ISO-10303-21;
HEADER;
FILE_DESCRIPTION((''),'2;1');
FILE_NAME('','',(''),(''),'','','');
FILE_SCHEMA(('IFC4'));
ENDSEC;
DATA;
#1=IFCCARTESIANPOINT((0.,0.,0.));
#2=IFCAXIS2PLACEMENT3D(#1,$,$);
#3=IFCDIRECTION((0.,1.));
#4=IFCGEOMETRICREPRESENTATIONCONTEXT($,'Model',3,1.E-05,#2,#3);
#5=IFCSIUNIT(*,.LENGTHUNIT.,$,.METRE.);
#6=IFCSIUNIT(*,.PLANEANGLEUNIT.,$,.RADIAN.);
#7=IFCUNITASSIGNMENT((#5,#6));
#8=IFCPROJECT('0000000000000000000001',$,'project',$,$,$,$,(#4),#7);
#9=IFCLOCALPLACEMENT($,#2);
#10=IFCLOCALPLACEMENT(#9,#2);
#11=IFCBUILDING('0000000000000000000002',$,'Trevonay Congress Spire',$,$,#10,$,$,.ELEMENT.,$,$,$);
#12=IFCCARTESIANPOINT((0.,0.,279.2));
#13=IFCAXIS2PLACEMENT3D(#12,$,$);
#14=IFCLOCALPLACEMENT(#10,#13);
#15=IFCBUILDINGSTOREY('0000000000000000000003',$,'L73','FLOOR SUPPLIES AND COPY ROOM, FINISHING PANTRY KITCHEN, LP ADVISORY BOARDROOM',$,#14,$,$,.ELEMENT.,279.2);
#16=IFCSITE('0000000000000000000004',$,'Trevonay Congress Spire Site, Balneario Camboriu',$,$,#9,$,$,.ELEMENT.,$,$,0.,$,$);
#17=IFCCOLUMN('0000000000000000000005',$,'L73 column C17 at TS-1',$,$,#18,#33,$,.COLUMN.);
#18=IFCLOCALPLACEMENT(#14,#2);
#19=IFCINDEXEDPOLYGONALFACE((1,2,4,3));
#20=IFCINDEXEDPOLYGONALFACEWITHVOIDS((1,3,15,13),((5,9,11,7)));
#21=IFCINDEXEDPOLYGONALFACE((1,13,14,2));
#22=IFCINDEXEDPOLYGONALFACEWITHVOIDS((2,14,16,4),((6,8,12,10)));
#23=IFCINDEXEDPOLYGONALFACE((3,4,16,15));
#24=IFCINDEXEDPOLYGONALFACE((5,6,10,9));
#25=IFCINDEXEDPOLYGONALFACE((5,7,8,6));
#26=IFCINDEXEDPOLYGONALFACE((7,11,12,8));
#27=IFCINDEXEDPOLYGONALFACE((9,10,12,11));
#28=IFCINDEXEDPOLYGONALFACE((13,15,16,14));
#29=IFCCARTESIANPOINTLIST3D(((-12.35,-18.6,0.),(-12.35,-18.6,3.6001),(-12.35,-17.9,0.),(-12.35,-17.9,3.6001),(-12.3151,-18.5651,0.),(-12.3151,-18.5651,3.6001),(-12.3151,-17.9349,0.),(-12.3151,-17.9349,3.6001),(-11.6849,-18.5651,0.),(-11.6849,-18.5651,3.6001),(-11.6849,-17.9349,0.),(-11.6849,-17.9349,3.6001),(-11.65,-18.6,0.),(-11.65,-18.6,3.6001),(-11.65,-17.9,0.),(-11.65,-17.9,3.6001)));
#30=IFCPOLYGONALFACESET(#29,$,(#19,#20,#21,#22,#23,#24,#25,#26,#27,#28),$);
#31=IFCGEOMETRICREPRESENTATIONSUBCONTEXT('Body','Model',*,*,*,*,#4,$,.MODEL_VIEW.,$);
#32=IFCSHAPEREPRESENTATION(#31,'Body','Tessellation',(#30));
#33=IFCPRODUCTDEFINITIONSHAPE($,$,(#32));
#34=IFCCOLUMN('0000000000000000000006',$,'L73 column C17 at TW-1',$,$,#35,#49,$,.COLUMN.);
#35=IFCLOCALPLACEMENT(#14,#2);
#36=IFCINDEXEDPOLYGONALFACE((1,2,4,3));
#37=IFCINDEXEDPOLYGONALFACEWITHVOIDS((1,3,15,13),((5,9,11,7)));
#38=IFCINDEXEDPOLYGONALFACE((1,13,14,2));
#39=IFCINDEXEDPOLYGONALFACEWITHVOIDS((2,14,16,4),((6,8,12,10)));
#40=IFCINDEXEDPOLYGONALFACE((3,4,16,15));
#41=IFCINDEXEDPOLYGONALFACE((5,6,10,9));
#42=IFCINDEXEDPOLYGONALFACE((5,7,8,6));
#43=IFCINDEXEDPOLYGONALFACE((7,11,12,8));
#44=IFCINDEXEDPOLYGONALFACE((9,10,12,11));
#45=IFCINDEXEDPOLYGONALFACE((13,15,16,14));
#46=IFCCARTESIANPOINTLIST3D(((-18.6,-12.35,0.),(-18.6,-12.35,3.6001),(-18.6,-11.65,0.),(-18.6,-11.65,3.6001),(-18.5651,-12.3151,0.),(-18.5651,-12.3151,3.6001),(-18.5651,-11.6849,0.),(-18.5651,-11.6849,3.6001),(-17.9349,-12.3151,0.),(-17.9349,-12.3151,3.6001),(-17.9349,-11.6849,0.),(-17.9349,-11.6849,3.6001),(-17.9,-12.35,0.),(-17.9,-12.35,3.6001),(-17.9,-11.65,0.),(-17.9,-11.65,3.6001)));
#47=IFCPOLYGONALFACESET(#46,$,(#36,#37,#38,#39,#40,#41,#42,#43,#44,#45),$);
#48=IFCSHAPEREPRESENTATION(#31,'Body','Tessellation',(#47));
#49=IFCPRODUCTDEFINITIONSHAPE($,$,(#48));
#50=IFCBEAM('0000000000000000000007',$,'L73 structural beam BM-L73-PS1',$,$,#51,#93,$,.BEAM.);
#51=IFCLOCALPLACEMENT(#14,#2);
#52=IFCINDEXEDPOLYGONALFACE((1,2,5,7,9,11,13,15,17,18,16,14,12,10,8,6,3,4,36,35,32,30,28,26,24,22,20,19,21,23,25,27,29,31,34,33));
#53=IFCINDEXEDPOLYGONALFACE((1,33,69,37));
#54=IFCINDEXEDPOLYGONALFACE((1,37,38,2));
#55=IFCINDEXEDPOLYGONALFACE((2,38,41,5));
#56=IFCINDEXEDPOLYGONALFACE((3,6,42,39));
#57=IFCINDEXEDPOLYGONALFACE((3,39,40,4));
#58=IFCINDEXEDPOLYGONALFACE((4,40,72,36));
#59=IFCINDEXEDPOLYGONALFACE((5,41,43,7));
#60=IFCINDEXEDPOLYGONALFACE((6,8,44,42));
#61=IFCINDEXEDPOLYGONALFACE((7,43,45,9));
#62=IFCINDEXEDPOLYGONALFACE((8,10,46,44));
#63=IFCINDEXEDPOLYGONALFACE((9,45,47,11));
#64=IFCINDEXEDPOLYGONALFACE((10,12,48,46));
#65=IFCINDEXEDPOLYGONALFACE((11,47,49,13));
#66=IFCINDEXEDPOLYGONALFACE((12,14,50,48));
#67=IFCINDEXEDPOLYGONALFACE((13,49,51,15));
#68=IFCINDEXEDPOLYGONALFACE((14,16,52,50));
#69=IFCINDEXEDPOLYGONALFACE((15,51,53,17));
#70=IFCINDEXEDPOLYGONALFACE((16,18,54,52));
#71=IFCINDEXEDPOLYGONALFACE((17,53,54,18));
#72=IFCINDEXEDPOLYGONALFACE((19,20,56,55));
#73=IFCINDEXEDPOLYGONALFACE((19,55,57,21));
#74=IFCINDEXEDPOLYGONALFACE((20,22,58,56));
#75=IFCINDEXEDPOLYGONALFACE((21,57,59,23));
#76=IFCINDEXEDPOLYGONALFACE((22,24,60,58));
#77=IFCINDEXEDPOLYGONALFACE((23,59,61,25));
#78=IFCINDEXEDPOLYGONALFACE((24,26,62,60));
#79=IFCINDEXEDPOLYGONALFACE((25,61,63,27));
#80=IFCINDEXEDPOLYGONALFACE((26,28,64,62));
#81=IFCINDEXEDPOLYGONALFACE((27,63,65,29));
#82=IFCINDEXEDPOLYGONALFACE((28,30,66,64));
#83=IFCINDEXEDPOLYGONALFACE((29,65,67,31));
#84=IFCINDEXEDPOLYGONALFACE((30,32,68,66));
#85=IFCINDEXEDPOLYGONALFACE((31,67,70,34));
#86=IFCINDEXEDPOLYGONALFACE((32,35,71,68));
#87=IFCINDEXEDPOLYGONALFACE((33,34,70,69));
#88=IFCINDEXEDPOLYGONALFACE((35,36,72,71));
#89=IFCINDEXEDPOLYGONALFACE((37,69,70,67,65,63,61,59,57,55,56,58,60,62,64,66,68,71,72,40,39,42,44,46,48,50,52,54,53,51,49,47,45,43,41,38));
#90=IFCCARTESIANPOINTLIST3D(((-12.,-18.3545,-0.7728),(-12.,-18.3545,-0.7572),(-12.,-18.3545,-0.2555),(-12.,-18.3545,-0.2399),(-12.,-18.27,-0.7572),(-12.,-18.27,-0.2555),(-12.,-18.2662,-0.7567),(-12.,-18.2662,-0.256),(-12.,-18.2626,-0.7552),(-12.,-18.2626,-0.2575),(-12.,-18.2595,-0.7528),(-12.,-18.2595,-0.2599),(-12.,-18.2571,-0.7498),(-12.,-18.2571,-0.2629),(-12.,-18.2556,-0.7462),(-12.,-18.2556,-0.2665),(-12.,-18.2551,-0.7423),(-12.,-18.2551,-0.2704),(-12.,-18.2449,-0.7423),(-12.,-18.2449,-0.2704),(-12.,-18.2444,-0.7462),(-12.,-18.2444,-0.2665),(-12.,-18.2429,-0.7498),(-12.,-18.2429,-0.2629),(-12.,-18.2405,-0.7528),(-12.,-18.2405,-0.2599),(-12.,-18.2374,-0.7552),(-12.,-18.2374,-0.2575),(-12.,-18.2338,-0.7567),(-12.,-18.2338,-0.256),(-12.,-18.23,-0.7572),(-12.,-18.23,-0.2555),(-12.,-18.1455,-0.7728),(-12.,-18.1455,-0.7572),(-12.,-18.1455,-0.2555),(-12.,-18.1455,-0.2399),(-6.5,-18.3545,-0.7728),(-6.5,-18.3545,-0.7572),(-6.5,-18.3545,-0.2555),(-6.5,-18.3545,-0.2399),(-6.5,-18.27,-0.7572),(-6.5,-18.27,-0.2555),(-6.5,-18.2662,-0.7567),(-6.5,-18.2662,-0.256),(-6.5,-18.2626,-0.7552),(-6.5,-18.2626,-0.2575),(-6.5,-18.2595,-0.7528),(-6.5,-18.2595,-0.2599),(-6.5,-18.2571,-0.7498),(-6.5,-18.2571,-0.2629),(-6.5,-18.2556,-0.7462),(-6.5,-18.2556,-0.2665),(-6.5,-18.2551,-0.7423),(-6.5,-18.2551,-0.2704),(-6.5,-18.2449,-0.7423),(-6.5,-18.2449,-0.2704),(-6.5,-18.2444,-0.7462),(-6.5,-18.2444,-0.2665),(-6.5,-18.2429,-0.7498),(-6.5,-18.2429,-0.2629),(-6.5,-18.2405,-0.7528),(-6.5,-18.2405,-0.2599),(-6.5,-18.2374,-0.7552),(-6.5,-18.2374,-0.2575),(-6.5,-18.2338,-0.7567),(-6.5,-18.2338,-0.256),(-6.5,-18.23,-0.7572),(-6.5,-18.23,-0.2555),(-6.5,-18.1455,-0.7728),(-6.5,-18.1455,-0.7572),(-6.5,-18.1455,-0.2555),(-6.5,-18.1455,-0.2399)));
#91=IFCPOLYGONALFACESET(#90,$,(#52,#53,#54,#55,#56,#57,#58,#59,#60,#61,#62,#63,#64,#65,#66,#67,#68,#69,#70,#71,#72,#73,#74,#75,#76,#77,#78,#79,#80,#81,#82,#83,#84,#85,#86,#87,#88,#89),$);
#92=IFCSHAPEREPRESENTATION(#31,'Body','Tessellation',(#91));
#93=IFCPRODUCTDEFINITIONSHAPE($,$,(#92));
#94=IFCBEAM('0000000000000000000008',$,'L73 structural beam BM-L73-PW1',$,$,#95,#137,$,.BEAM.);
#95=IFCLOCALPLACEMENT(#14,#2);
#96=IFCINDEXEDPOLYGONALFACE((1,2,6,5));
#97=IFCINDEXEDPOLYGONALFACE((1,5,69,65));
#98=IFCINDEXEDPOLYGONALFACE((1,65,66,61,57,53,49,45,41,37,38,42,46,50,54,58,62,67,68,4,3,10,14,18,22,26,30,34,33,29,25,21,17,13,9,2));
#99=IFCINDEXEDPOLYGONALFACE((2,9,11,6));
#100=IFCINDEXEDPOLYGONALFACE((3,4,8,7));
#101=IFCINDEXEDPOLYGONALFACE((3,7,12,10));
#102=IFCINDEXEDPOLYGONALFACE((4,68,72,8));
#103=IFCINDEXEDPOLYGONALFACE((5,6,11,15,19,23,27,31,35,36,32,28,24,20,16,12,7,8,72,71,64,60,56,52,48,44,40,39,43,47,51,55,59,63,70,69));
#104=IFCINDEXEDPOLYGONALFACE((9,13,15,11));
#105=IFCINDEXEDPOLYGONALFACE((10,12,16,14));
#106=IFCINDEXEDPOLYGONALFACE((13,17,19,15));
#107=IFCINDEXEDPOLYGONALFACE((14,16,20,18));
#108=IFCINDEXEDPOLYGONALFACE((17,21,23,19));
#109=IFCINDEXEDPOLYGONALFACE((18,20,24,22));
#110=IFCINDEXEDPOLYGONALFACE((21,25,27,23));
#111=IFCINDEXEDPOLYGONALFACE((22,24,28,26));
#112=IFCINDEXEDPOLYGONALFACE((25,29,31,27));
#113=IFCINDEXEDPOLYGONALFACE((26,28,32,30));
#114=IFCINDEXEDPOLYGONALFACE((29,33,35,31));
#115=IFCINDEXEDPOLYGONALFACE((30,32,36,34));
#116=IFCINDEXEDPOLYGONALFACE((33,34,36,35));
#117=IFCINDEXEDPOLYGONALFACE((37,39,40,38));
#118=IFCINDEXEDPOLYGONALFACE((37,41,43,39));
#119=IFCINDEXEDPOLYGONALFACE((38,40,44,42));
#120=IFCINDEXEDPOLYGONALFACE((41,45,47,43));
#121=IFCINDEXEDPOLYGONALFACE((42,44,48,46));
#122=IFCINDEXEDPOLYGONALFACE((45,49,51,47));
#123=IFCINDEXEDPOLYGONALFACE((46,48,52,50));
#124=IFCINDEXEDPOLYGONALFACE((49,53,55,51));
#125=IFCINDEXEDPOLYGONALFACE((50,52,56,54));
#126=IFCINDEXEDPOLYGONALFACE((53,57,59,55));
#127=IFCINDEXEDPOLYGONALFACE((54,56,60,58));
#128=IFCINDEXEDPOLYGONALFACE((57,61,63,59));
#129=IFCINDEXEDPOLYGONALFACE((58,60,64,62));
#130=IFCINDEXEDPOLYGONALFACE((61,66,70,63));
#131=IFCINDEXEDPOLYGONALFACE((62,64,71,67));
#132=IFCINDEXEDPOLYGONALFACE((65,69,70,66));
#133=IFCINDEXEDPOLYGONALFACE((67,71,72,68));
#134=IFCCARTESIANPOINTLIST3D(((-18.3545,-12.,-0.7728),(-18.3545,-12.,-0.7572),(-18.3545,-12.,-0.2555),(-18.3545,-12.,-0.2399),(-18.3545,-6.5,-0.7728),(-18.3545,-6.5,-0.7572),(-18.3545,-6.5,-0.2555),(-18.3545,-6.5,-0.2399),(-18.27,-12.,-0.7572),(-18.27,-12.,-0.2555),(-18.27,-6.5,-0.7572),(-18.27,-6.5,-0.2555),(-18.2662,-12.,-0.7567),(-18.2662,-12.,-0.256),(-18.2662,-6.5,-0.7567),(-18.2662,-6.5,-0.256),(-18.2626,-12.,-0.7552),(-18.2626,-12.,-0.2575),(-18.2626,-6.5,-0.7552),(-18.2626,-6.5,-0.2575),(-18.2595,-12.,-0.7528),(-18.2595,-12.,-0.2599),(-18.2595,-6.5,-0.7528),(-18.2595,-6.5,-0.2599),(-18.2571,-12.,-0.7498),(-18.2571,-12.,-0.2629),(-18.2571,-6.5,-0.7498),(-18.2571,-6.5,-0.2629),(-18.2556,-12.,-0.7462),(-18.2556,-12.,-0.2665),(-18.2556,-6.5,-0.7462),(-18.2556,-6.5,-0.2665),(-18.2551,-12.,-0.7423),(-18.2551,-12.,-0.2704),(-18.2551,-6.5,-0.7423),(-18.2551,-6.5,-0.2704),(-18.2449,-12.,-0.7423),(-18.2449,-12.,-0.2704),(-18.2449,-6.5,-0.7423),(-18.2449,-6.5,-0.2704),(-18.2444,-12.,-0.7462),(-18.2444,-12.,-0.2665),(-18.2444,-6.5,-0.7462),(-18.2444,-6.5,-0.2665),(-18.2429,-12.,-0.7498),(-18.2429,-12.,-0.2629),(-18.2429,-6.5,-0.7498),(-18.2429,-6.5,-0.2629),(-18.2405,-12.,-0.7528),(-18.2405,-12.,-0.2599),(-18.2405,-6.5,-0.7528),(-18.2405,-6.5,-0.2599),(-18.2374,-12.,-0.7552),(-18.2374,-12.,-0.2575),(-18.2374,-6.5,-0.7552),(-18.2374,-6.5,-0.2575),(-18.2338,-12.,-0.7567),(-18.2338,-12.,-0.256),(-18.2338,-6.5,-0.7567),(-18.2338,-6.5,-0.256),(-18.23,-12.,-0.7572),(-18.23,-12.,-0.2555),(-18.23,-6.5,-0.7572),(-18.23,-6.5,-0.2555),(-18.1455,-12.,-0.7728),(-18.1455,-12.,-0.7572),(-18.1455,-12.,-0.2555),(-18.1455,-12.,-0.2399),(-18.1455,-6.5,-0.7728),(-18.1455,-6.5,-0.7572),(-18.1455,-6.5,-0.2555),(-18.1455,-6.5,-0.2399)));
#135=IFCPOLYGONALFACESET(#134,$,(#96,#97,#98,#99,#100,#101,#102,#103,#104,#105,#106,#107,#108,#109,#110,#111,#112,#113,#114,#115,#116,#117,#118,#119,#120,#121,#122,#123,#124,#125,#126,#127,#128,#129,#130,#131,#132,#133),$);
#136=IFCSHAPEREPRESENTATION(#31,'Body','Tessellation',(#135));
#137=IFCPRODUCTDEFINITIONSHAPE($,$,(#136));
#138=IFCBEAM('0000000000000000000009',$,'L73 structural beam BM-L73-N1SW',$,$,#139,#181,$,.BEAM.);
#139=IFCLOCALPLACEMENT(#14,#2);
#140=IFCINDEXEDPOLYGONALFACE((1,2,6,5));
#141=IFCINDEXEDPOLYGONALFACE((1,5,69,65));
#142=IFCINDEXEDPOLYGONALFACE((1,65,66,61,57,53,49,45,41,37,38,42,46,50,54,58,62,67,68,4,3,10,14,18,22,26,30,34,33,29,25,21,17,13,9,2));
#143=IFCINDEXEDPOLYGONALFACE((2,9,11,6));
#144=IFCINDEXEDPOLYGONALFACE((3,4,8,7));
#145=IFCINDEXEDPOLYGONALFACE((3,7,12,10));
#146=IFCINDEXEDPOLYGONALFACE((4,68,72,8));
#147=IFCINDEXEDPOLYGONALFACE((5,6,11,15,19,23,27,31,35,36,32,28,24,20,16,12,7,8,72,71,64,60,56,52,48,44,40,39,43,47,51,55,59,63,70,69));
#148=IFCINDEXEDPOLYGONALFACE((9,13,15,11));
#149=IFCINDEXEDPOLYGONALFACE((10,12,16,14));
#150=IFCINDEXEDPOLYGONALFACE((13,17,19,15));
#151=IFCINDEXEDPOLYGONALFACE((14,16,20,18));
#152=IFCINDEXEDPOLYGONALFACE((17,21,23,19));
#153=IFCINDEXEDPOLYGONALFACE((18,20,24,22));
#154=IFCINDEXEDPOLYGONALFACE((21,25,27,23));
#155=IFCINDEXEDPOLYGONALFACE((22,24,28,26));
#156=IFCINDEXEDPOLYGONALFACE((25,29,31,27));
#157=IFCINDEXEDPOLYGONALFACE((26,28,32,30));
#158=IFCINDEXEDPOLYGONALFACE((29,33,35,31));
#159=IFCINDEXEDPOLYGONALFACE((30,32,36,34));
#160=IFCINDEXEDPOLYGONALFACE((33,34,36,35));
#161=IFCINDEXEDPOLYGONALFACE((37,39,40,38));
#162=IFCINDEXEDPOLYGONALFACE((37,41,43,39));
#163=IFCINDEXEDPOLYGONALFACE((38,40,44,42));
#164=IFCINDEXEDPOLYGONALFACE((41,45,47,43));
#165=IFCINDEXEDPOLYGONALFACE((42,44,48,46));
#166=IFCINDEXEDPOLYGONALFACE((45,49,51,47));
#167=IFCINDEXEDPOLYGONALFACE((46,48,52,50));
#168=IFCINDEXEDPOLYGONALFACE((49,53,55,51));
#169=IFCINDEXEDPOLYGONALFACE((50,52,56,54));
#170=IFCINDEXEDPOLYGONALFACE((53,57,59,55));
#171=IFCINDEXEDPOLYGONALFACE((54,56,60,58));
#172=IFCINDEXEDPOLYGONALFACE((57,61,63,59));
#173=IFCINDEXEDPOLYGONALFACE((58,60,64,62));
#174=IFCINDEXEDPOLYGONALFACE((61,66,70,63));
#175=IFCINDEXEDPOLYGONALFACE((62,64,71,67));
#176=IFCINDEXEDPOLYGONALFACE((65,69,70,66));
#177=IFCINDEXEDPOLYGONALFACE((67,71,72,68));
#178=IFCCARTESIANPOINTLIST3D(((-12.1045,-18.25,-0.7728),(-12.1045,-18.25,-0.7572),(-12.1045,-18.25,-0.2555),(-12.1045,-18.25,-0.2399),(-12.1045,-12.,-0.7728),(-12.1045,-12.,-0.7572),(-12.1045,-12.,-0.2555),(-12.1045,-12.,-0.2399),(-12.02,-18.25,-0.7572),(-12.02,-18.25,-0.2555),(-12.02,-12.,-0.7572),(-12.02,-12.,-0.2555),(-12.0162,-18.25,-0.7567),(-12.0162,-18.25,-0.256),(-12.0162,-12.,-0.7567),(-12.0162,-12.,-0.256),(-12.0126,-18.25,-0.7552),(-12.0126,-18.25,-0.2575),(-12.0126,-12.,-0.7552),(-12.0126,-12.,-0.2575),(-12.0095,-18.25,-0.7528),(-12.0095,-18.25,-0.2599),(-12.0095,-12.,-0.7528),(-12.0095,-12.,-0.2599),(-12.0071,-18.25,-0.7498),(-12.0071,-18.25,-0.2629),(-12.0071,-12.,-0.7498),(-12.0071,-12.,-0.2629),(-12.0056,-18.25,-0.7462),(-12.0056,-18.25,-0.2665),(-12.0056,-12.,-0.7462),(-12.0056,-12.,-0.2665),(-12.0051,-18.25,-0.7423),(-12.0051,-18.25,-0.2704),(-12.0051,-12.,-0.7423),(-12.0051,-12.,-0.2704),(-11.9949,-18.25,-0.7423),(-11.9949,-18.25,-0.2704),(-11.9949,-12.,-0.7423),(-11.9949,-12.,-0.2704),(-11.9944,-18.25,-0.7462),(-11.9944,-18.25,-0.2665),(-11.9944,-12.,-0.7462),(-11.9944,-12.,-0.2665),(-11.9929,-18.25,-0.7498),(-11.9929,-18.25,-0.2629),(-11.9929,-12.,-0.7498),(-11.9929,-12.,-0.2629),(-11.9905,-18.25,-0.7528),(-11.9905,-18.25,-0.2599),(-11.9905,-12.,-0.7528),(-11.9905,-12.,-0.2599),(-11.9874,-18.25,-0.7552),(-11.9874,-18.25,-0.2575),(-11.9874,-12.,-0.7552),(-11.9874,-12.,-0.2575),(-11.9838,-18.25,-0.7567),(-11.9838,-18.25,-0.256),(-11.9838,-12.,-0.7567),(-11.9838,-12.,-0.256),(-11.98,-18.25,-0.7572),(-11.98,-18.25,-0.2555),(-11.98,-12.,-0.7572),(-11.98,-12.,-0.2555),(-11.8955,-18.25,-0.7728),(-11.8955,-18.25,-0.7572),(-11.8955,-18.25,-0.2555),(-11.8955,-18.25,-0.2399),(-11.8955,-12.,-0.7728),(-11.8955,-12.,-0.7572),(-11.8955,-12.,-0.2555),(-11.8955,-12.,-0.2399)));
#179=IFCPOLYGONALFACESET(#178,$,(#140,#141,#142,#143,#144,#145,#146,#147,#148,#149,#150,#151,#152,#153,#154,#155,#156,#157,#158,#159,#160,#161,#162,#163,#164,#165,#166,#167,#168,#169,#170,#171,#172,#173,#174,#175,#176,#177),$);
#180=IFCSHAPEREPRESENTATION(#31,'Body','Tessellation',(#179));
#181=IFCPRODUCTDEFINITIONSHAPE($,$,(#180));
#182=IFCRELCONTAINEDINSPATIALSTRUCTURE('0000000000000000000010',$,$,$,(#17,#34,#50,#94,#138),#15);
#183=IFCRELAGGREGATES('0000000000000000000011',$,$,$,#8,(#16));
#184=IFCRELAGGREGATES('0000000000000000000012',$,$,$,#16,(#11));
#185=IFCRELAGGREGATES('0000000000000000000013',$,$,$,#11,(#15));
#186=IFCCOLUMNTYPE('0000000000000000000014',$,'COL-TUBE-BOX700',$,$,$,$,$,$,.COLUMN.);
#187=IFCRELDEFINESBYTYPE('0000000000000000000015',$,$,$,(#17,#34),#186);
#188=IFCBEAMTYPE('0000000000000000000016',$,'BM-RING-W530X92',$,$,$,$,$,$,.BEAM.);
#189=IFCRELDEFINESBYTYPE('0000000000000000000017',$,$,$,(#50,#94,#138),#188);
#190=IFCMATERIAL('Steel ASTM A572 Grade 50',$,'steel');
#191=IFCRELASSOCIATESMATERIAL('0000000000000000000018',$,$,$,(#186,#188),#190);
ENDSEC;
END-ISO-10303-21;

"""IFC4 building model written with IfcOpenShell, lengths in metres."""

from ifc_helpers import new_model, si_unit, direction, frame, origin, origin_2d, place, context, subcontext, project, spatial, hollow_rectangle, i_section, extrude, material, material_profile, profile_set, type_object, element, save


model = new_model("IFC4")

# Units and contexts
model_context = context("Model", 3, precision=1e-05, world=origin(), true_north=direction((0.0, 1.0)))
body_context = subcontext(model_context, "Body", "Model", "MODEL_VIEW")
ifc_project = project(units=[si_unit("LENGTHUNIT", "METRE"), si_unit("PLANEANGLEUNIT", "RADIAN")], contexts=[model_context])

# Site, building, storey
site_placement = place(None, origin())
site = spatial("IfcSite", under=ifc_project, at=site_placement, Name="Trevonay Congress Spire Site, Balneario Camboriu", CompositionType="ELEMENT", RefElevation=0.0)
building_placement = place(site_placement, origin())
building = spatial("IfcBuilding", under=site, at=building_placement, Name="Trevonay Congress Spire", CompositionType="ELEMENT")
storey_placement = place(building_placement, frame((0.0, 0.0, 279.2)))
storey = spatial("IfcBuildingStorey", under=building, at=storey_placement, Name="L73", Description="FLOOR SUPPLIES AND COPY ROOM, FINISHING PANTRY KITCHEN, LP ADVISORY BOARDROOM", CompositionType="ELEMENT", Elevation=279.2)

# Columns
ifc_material_1 = material(Name="Steel ASTM A572 Grade 50", Category="steel")
ifc_material_profile_1 = material_profile(ifc_material_1, hollow_rectangle(XDim=0.7, YDim=0.7, WallThickness=0.0349, at=origin_2d()), Name="BOX 700x700x35")
ifc_profile_set_1 = profile_set([ifc_material_profile_1], Name="Steel ASTM A572 Grade 50")
column_type = type_object("IfcColumnType", Name="COL-TUBE-BOX700", PredefinedType="COLUMN", material=ifc_profile_set_1)
for number, where, z_axis, x_axis, name in (
    (1, (-12.0, -18.25, 0.0), (0.0, 0.0, 1.0), (1.0, 0.0, 0.0), "L73 column C17 at TS-1"),
    (2, (-18.25, -12.0, 0.0), (0.0, 0.0, 1.0), (1.0, 0.0, 0.0), "L73 column C17 at TW-1"),
):
    element("IfcColumn", number, at=place(storey_placement, frame(where, z_axis=z_axis, x_axis=x_axis)), inside=storey, type_object=column_type, Name=name, PredefinedType="COLUMN", context=body_context, shape_type="SweptSolid", body=[
        extrude(hollow_rectangle(XDim=0.7, YDim=0.7, WallThickness=0.0349, at=origin_2d()), origin(), (0.0, 0.0, 1.0), 3.6001),
    ])

# Beams
ifc_material_profile_2 = material_profile(ifc_material_1, i_section(OverallWidth=0.209, OverallDepth=0.533, WebThickness=0.0103, FlangeThickness=0.0156, FilletRadius=0.0149, at=origin_2d()), Name="W530x92")
ifc_profile_set_2 = profile_set([ifc_material_profile_2], Name="Steel ASTM A572 Grade 50")
beam_type_1 = type_object("IfcBeamType", Name="BM-RING-W530X92", PredefinedType="BEAM", material=ifc_profile_set_2)
for number, where, z_axis, x_axis, name in (
    (3, (-12.0, -18.25, -0.5063), (1.0, 0.0, 0.0), (0.0, 1.0, 0.0), "L73 structural beam BM-L73-PS1"),
    (4, (-18.25, -12.0, -0.5063), (0.0, 1.0, 0.0), (-1.0, 0.0, 0.0), "L73 structural beam BM-L73-PW1"),
):
    element("IfcBeam", number, at=place(storey_placement, frame(where, z_axis=z_axis, x_axis=x_axis)), inside=storey, type_object=beam_type_1, Name=name, PredefinedType="BEAM", context=body_context, shape_type="SweptSolid", body=[
        extrude(i_section(OverallWidth=0.209, OverallDepth=0.533, WebThickness=0.0103, FlangeThickness=0.0156, FilletRadius=0.0149, at=origin_2d()), origin(), (0.0, 0.0, 1.0), 5.5),
    ])
for number, where, z_axis, x_axis, name in (
    (5, (-12.0, -18.25, -0.5063), (0.0, 1.0, 0.0), (-1.0, 0.0, 0.0), "L73 structural beam BM-L73-N1SW"),
):
    element("IfcBeam", number, at=place(storey_placement, frame(where, z_axis=z_axis, x_axis=x_axis)), inside=storey, type_object=beam_type_1, Name=name, PredefinedType="BEAM", context=body_context, shape_type="SweptSolid", body=[
        extrude(i_section(OverallWidth=0.209, OverallDepth=0.533, WebThickness=0.0103, FlangeThickness=0.0156, FilletRadius=0.0149, at=origin_2d()), origin(), (0.0, 0.0, 1.0), 6.25),
    ])

save(model, "model.ifc")
